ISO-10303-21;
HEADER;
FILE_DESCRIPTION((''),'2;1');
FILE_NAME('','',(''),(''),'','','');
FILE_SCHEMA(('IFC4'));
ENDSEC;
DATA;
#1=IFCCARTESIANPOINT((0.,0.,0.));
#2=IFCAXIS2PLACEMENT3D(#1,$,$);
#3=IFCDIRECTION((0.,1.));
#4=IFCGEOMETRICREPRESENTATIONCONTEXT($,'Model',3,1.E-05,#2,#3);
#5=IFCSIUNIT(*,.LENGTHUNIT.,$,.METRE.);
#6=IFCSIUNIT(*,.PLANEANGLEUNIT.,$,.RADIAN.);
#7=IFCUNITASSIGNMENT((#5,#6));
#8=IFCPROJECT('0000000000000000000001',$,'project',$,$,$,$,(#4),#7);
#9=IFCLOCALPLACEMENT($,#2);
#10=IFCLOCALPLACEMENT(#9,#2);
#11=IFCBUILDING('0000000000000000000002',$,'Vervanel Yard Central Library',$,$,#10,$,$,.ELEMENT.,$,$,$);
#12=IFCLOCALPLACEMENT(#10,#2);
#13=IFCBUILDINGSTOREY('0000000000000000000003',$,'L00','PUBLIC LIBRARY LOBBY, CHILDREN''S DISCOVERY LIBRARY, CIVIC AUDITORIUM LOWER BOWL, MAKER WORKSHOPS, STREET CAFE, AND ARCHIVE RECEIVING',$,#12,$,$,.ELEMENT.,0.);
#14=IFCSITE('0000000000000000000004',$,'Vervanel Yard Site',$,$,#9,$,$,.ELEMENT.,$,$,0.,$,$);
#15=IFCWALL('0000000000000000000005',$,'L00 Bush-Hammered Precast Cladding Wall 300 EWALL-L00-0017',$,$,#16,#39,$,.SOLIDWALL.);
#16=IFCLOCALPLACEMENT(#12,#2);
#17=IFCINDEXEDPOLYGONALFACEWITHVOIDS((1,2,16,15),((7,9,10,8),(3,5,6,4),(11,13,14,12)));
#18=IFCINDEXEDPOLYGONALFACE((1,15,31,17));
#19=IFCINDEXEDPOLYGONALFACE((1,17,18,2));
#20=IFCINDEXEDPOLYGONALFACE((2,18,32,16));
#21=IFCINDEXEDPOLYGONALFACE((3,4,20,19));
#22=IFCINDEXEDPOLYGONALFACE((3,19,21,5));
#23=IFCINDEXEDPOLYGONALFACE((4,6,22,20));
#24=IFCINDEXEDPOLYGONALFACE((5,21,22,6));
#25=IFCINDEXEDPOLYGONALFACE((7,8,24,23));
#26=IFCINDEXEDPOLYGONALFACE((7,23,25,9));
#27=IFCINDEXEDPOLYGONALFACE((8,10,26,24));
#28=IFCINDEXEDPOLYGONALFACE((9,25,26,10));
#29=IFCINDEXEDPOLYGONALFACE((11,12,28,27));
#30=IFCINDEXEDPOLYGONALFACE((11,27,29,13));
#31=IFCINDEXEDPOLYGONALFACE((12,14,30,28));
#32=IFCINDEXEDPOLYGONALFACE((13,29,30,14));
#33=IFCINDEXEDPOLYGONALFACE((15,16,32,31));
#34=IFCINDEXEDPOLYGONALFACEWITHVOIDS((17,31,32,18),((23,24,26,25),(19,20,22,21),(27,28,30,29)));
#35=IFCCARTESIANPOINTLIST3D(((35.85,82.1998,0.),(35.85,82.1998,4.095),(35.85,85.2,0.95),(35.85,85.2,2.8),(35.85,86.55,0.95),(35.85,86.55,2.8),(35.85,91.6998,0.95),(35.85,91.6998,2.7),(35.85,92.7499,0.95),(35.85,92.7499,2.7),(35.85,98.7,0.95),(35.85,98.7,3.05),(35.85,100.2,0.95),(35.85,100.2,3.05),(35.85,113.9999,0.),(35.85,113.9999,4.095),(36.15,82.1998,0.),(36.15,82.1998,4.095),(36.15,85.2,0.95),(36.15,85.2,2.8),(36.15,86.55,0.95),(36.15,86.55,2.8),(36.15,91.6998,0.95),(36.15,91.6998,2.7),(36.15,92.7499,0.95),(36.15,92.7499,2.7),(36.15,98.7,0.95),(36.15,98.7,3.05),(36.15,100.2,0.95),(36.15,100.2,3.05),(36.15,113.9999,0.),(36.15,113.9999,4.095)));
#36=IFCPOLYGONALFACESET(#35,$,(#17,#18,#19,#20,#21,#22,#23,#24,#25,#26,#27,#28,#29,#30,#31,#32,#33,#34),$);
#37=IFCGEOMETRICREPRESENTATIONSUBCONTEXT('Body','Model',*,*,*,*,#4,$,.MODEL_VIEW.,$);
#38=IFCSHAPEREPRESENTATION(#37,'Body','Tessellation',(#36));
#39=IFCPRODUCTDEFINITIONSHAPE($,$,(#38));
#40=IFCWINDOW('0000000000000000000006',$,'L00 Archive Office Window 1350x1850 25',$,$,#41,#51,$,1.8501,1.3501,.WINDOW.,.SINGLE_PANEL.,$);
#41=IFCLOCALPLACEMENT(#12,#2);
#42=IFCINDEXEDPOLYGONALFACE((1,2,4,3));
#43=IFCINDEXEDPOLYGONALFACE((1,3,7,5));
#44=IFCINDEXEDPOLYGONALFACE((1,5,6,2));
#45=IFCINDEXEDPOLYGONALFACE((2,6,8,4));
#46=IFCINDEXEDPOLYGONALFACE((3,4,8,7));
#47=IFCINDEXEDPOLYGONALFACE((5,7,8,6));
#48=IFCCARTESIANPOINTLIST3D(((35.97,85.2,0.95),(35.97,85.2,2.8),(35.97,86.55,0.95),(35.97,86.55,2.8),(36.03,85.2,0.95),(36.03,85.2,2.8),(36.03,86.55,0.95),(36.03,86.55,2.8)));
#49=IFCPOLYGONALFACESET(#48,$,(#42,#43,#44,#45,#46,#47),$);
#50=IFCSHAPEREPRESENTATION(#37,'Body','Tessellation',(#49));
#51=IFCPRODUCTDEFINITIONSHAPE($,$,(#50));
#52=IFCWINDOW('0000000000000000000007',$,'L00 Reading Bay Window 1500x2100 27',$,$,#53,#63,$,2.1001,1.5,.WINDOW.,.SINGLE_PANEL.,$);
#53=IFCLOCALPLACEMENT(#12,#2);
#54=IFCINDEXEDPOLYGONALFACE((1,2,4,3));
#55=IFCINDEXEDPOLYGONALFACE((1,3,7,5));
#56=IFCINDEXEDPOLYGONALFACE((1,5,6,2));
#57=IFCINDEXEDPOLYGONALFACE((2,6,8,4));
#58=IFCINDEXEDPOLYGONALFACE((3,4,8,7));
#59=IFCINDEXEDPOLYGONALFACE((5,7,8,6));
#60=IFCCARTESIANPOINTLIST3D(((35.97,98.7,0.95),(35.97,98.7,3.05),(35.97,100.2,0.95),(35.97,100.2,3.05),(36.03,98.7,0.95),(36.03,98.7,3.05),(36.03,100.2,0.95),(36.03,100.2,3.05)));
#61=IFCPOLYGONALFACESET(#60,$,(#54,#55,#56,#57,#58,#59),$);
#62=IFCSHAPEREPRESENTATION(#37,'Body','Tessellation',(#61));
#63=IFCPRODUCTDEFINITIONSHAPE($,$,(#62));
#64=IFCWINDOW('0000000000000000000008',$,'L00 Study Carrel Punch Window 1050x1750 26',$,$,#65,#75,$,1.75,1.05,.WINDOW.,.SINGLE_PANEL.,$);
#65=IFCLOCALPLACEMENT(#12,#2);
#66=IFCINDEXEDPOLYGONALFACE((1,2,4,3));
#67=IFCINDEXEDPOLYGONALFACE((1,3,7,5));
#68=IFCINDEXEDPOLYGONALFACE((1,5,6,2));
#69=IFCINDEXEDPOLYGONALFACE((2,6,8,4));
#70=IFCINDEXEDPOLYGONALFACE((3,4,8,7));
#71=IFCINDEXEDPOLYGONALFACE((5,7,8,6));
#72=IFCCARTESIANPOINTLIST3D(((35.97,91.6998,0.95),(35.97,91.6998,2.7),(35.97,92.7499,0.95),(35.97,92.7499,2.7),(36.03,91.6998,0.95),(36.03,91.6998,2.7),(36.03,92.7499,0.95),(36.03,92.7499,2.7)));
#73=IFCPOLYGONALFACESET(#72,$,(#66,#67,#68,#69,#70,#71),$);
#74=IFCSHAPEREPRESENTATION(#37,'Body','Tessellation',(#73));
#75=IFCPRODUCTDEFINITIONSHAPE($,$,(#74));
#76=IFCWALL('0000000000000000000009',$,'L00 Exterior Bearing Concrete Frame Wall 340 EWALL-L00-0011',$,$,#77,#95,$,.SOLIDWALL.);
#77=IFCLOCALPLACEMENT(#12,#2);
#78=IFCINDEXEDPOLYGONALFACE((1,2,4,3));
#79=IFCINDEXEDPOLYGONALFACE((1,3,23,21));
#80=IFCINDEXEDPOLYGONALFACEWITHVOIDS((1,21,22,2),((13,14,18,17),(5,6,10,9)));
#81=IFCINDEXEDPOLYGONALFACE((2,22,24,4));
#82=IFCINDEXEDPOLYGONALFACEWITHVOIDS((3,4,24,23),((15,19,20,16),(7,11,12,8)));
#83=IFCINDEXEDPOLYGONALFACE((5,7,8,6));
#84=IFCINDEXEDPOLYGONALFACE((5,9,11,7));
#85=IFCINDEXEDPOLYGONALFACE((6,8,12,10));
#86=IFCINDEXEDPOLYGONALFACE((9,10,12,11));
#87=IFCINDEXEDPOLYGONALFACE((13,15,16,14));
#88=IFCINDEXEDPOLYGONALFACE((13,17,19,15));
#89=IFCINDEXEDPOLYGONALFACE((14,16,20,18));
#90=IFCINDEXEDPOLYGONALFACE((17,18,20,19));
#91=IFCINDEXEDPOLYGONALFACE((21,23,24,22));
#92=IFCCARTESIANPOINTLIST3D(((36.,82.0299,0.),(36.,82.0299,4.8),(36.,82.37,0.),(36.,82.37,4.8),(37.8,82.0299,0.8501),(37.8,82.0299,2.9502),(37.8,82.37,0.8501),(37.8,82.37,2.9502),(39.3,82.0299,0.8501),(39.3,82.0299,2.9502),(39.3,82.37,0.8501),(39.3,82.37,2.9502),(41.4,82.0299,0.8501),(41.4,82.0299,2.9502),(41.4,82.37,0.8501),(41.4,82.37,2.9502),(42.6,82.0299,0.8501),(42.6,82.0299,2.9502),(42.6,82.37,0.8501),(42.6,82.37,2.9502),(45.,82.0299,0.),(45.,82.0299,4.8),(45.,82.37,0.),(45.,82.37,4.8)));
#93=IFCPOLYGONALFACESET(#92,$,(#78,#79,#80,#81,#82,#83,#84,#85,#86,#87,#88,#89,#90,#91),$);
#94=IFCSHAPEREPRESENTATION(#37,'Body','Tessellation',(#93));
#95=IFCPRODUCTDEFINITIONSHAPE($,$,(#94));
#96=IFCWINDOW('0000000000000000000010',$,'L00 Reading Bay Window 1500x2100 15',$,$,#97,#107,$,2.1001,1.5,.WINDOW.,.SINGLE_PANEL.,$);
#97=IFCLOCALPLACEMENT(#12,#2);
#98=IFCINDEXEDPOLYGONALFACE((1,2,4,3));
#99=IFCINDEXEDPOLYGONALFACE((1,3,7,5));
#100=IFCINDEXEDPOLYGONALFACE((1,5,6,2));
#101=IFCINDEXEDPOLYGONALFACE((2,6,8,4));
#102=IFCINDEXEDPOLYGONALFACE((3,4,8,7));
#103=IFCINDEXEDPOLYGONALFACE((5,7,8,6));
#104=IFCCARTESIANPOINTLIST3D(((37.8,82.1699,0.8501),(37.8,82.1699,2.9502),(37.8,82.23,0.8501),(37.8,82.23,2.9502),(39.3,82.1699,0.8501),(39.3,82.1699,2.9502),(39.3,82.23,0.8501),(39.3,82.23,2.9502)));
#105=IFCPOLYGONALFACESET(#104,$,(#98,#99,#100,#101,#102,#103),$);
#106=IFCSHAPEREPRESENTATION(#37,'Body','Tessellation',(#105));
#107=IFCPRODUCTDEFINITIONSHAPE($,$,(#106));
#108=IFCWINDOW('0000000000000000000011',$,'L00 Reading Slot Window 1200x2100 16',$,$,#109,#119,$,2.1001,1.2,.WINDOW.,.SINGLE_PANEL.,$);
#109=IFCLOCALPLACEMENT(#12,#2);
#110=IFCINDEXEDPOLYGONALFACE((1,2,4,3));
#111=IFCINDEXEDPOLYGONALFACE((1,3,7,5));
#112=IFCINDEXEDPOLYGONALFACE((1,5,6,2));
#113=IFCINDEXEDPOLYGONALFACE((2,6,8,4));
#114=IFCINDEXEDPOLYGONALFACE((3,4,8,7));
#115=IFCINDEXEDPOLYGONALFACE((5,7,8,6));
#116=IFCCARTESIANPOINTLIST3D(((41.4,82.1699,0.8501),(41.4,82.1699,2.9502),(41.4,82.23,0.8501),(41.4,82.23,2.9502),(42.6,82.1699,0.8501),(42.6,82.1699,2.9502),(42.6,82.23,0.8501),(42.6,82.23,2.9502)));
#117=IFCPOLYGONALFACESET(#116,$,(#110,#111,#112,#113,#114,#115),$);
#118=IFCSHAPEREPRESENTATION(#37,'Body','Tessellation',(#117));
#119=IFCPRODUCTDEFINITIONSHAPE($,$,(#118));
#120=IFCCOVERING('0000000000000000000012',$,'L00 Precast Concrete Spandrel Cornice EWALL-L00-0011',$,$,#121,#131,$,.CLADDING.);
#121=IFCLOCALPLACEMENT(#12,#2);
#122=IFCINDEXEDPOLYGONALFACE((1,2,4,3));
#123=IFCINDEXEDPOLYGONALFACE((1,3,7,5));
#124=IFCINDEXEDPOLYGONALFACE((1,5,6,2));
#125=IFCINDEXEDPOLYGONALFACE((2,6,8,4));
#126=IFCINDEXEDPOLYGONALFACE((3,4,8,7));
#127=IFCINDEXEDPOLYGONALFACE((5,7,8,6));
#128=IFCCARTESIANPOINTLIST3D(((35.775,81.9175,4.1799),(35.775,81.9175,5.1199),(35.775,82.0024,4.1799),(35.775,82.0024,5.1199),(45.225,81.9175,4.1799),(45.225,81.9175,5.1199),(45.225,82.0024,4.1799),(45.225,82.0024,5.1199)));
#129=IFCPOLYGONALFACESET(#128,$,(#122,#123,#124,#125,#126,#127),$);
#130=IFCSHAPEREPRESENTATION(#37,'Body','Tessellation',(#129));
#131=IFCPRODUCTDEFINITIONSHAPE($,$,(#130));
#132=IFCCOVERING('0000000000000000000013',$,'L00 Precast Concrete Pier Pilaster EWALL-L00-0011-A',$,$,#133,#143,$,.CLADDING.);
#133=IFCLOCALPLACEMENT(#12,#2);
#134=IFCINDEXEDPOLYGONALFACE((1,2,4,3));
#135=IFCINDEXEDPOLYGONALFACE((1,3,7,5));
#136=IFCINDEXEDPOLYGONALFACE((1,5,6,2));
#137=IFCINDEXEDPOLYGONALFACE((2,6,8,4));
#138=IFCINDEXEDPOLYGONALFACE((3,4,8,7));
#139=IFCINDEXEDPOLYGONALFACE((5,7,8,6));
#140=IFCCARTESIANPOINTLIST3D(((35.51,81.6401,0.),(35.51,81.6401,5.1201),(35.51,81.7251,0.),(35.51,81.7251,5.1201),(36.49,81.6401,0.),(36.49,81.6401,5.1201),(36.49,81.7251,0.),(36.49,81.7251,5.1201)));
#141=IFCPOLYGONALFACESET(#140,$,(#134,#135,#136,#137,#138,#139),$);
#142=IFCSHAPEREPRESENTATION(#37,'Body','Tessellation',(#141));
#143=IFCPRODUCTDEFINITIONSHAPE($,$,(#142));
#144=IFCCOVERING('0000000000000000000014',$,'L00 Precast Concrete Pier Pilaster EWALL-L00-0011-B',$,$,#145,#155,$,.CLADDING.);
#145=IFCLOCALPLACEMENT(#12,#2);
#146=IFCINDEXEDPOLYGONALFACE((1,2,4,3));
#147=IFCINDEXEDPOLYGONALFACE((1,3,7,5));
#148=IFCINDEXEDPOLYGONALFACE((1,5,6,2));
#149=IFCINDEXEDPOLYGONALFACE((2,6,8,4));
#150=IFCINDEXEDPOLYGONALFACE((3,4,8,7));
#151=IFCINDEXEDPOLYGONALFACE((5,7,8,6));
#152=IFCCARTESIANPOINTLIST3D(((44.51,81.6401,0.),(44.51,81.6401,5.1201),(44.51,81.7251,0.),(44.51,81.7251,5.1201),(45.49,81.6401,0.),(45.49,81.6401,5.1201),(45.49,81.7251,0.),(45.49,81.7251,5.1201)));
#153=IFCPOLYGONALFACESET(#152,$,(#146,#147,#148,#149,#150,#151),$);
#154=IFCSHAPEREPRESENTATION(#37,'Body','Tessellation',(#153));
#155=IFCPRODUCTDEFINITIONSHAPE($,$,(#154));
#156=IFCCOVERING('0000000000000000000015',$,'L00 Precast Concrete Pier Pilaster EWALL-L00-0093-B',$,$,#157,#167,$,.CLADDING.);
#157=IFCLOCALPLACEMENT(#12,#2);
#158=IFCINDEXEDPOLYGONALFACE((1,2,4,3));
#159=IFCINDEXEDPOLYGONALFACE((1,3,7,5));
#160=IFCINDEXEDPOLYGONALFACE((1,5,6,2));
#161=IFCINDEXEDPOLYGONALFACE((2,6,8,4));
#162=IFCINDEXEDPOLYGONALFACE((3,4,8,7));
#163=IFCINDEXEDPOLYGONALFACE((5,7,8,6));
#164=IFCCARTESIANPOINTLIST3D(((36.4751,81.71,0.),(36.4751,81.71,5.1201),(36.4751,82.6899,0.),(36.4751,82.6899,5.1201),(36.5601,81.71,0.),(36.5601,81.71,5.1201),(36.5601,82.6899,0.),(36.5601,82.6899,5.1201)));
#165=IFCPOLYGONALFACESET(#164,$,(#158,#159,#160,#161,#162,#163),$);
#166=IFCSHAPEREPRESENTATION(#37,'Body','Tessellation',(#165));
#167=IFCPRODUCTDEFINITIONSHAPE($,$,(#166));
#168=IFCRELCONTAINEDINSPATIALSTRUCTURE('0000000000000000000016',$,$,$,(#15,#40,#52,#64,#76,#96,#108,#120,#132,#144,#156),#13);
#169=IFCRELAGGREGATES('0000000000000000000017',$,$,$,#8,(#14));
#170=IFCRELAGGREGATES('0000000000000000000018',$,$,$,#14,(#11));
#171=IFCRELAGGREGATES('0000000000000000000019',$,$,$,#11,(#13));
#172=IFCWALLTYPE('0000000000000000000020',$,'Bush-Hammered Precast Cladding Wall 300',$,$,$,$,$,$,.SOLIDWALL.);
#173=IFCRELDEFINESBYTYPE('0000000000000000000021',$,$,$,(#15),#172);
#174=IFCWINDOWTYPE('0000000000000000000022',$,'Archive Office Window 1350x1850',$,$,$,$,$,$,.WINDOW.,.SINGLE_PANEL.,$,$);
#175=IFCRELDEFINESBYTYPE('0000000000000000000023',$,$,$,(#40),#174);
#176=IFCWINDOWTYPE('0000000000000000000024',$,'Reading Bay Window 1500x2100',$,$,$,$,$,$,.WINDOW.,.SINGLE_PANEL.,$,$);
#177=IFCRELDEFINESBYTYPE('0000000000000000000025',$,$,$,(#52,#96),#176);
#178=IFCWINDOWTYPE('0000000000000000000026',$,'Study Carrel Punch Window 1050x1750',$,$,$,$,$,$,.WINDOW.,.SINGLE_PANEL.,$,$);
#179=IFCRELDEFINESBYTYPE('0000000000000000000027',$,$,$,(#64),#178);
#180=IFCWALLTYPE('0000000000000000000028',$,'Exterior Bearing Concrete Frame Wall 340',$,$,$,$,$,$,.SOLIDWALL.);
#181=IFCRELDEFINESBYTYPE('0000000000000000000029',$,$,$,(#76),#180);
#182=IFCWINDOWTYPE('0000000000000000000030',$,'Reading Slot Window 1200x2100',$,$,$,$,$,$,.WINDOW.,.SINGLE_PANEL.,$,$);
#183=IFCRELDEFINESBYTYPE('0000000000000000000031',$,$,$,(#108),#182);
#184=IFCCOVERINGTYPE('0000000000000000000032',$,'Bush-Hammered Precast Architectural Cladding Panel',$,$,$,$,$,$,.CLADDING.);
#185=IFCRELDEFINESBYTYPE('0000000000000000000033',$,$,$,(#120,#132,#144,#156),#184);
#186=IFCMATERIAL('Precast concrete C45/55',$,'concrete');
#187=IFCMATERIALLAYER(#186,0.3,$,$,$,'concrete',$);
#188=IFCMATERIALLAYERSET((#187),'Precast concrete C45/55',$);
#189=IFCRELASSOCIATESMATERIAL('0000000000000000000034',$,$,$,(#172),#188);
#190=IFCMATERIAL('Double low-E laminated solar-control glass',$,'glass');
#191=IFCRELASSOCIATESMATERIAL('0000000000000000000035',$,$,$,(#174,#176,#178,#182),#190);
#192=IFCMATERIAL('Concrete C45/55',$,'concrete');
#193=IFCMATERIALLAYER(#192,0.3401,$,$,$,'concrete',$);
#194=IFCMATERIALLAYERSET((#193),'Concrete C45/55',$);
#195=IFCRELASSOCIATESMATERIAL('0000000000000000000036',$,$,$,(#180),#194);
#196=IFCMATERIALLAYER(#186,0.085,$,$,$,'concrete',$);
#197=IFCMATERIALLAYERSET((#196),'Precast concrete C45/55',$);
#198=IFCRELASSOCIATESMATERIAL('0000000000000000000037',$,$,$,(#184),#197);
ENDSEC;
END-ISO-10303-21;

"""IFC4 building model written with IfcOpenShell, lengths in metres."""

from ifc_helpers import new_model, si_unit, direction, frame, frame_2d, origin, origin_2d, place, context, subcontext, project, spatial, rectangle, extrude, material, layer, layer_set, type_object, element, fill, save


model = new_model("IFC4")

# Units and contexts
model_context = context("Model", 3, precision=1e-05, world=origin(), true_north=direction((0.0, 1.0)))
body_context = subcontext(model_context, "Body", "Model", "MODEL_VIEW")
ifc_project = project(units=[si_unit("LENGTHUNIT", "METRE"), si_unit("PLANEANGLEUNIT", "RADIAN")], contexts=[model_context])

# Site, building, storey
site_placement = place(None, origin())
site = spatial("IfcSite", under=ifc_project, at=site_placement, Name="Vervanel Yard Site", CompositionType="ELEMENT", RefElevation=0.0)
building_placement = place(site_placement, origin())
building = spatial("IfcBuilding", under=site, at=building_placement, Name="Vervanel Yard Central Library", CompositionType="ELEMENT")
storey_placement = place(building_placement, origin())
storey = spatial("IfcBuildingStorey", under=building, at=storey_placement, Name="L00", Description="PUBLIC LIBRARY LOBBY, CHILDREN'S DISCOVERY LIBRARY, CIVIC AUDITORIUM LOWER BOWL, MAKER WORKSHOPS, STREET CAFE, AND ARCHIVE RECEIVING", CompositionType="ELEMENT", Elevation=0.0)

# Shared definitions
ifc_material_1 = material(Name="Concrete C45/55", Category="concrete")

# Walls, openings, windows
ifc_material_2 = material(Name="Precast concrete C45/55", Category="concrete")
ifc_layer_1 = layer(ifc_material_2, 0.3, Category="concrete")
ifc_layer_set_1 = layer_set([ifc_layer_1], Name="Precast concrete C45/55")
wall_type_1 = type_object("IfcWallType", Name="Bush-Hammered Precast Cladding Wall 300", PredefinedType="SOLIDWALL", material=ifc_layer_set_1)
wall_1_placement = place(storey_placement, frame((36.0, 82.2, 0.0), z_axis=(0.0, 0.0, 1.0), x_axis=(0.0, 1.0, 0.0)))
wall_1 = element("IfcWall", 1, at=wall_1_placement, inside=storey, type_object=wall_type_1, Name="L00 Bush-Hammered Precast Cladding Wall 300 EWALL-L00-0017", PredefinedType="SOLIDWALL", context=body_context, shape_type="SweptSolid", body=[
    extrude(rectangle(XDim=31.8, YDim=0.3, at=frame_2d((15.8999, 0.0))), origin(), (0.0, 0.0, 1.0), 4.095),
])
opening_1_placement = place(wall_1_placement, frame((3.0, 0.0, 0.95)))
opening_1 = element("IfcOpeningElement", 2, at=opening_1_placement, cuts=wall_1, PredefinedType="OPENING", context=body_context, shape_type="SweptSolid", body=[
    extrude(rectangle(XDim=1.3501, YDim=1.8501, at=frame_2d((0.675, 0.925))), frame((0.0, 0.1599, 0.0), z_axis=(0.0, -1.0, 0.0), x_axis=(1.0, 0.0, 0.0)), (0.0, 0.0, 1.0), 0.3201),
])
opening_2_placement = place(wall_1_placement, frame((9.5, 0.0, 0.95)))
opening_2 = element("IfcOpeningElement", 3, at=opening_2_placement, cuts=wall_1, PredefinedType="OPENING", context=body_context, shape_type="SweptSolid", body=[
    extrude(rectangle(XDim=1.05, YDim=1.75, at=frame_2d((0.5249, 0.875))), frame((0.0, 0.1599, 0.0), z_axis=(0.0, -1.0, 0.0), x_axis=(1.0, 0.0, 0.0)), (0.0, 0.0, 1.0), 0.3201),
])
opening_3_placement = place(wall_1_placement, frame((16.5, 0.0, 0.95)))
opening_3 = element("IfcOpeningElement", 4, at=opening_3_placement, cuts=wall_1, PredefinedType="OPENING", context=body_context, shape_type="SweptSolid", body=[
    extrude(rectangle(XDim=1.5, YDim=2.1001, at=frame_2d((0.75, 1.05))), frame((0.0, 0.1599, 0.0), z_axis=(0.0, -1.0, 0.0), x_axis=(1.0, 0.0, 0.0)), (0.0, 0.0, 1.0), 0.3201),
])
ifc_material_3 = material(Name="Double low-E laminated solar-control glass", Category="glass")
window_type_1 = type_object("IfcWindowType", Name="Archive Office Window 1350x1850", PartitioningType="SINGLE_PANEL", PredefinedType="WINDOW", material=ifc_material_3)
window_1_placement = place(opening_1_placement, origin())
window_1 = element("IfcWindow", 5, at=window_1_placement, inside=storey, type_object=window_type_1, Name="L00 Archive Office Window 1350x1850 25", OverallHeight=1.8501, OverallWidth=1.3501, PartitioningType="SINGLE_PANEL", PredefinedType="WINDOW", context=body_context, shape_type="SweptSolid", body=[
    extrude(rectangle(XDim=1.3501, YDim=1.8501, at=frame_2d((0.675, 0.925))), frame((0.0, 0.03, 0.0), z_axis=(0.0, -1.0, 0.0), x_axis=(1.0, 0.0, 0.0)), (0.0, 0.0, 1.0), 0.0601),
])
fill(opening_1, window_1)
window_type_2 = type_object("IfcWindowType", Name="Reading Bay Window 1500x2100", PartitioningType="SINGLE_PANEL", PredefinedType="WINDOW", material=ifc_material_3)
window_2_placement = place(opening_3_placement, origin())
window_2 = element("IfcWindow", 6, at=window_2_placement, inside=storey, type_object=window_type_2, Name="L00 Reading Bay Window 1500x2100 27", OverallHeight=2.1001, OverallWidth=1.5, PartitioningType="SINGLE_PANEL", PredefinedType="WINDOW", context=body_context, shape_type="SweptSolid", body=[
    extrude(rectangle(XDim=1.5, YDim=2.1001, at=frame_2d((0.75, 1.05))), frame((0.0, 0.03, 0.0), z_axis=(0.0, -1.0, 0.0), x_axis=(1.0, 0.0, 0.0)), (0.0, 0.0, 1.0), 0.0601),
])
fill(opening_3, window_2)
window_type_3 = type_object("IfcWindowType", Name="Study Carrel Punch Window 1050x1750", PartitioningType="SINGLE_PANEL", PredefinedType="WINDOW", material=ifc_material_3)
window_3_placement = place(opening_2_placement, origin())
window_3 = element("IfcWindow", 7, at=window_3_placement, inside=storey, type_object=window_type_3, Name="L00 Study Carrel Punch Window 1050x1750 26", OverallHeight=1.75, OverallWidth=1.05, PartitioningType="SINGLE_PANEL", PredefinedType="WINDOW", context=body_context, shape_type="SweptSolid", body=[
    extrude(rectangle(XDim=1.05, YDim=1.75, at=frame_2d((0.5249, 0.875))), frame((0.0, 0.03, 0.0), z_axis=(0.0, -1.0, 0.0), x_axis=(1.0, 0.0, 0.0)), (0.0, 0.0, 1.0), 0.0601),
])
fill(opening_2, window_3)
ifc_layer_2 = layer(ifc_material_1, 0.3401, Category="concrete")
ifc_layer_set_2 = layer_set([ifc_layer_2], Name="Concrete C45/55")
wall_type_2 = type_object("IfcWallType", Name="Exterior Bearing Concrete Frame Wall 340", PredefinedType="SOLIDWALL", material=ifc_layer_set_2)
wall_2_placement = place(storey_placement, frame((36.0, 82.2, 0.0), z_axis=(0.0, 0.0, 1.0), x_axis=(1.0, 0.0, 0.0)))
wall_2 = element("IfcWall", 8, at=wall_2_placement, inside=storey, type_object=wall_type_2, Name="L00 Exterior Bearing Concrete Frame Wall 340 EWALL-L00-0011", PredefinedType="SOLIDWALL", context=body_context, shape_type="SweptSolid", body=[
    extrude(rectangle(XDim=9.0, YDim=0.3401, at=frame_2d((4.5, 0.0))), origin(), (0.0, 0.0, 1.0), 4.8),
])
opening_4_placement = place(wall_2_placement, frame((1.8, 0.0, 0.8501)))
opening_4 = element("IfcOpeningElement", 9, at=opening_4_placement, cuts=wall_2, PredefinedType="OPENING", context=body_context, shape_type="SweptSolid", body=[
    extrude(rectangle(XDim=1.5, YDim=2.1001, at=frame_2d((0.75, 1.05))), frame((0.0, 0.1799, 0.0), z_axis=(0.0, -1.0, 0.0), x_axis=(1.0, 0.0, 0.0)), (0.0, 0.0, 1.0), 0.3601),
])
opening_5_placement = place(wall_2_placement, frame((5.3999, 0.0, 0.8501)))
opening_5 = element("IfcOpeningElement", 10, at=opening_5_placement, cuts=wall_2, PredefinedType="OPENING", context=body_context, shape_type="SweptSolid", body=[
    extrude(rectangle(XDim=1.2, YDim=2.1001, at=frame_2d((0.6001, 1.05))), frame((0.0, 0.1799, 0.0), z_axis=(0.0, -1.0, 0.0), x_axis=(1.0, 0.0, 0.0)), (0.0, 0.0, 1.0), 0.3601),
])
window_4_placement = place(opening_4_placement, origin())
window_4 = element("IfcWindow", 11, at=window_4_placement, inside=storey, type_object=window_type_2, Name="L00 Reading Bay Window 1500x2100 15", OverallHeight=2.1001, OverallWidth=1.5, PartitioningType="SINGLE_PANEL", PredefinedType="WINDOW", context=body_context, shape_type="SweptSolid", body=[
    extrude(rectangle(XDim=1.5, YDim=2.1001, at=frame_2d((0.75, 1.05))), frame((0.0, 0.03, 0.0), z_axis=(0.0, -1.0, 0.0), x_axis=(1.0, 0.0, 0.0)), (0.0, 0.0, 1.0), 0.0601),
])
fill(opening_4, window_4)
window_type_4 = type_object("IfcWindowType", Name="Reading Slot Window 1200x2100", PartitioningType="SINGLE_PANEL", PredefinedType="WINDOW", material=ifc_material_3)
window_5_placement = place(opening_5_placement, origin())
window_5 = element("IfcWindow", 12, at=window_5_placement, inside=storey, type_object=window_type_4, Name="L00 Reading Slot Window 1200x2100 16", OverallHeight=2.1001, OverallWidth=1.2, PartitioningType="SINGLE_PANEL", PredefinedType="WINDOW", context=body_context, shape_type="SweptSolid", body=[
    extrude(rectangle(XDim=1.2, YDim=2.1001, at=frame_2d((0.6001, 1.05))), frame((0.0, 0.03, 0.0), z_axis=(0.0, -1.0, 0.0), x_axis=(1.0, 0.0, 0.0)), (0.0, 0.0, 1.0), 0.0601),
])
fill(opening_5, window_5)

# Coverings
ifc_layer_3 = layer(ifc_material_2, 0.085, Category="concrete")
ifc_layer_set_3 = layer_set([ifc_layer_3], Name="Precast concrete C45/55")
covering_type = type_object("IfcCoveringType", Name="Bush-Hammered Precast Architectural Cladding Panel", PredefinedType="CLADDING", material=ifc_layer_set_3)
covering_placement = place(storey_placement, frame((40.5, 81.96, 4.1799), z_axis=(0.0, 0.0, 1.0), x_axis=(1.0, 0.0, 0.0)))
element("IfcCovering", 13, at=covering_placement, inside=storey, type_object=covering_type, Name="L00 Precast Concrete Spandrel Cornice EWALL-L00-0011", PredefinedType="CLADDING", context=body_context, shape_type="SweptSolid", body=[
    extrude(rectangle(XDim=9.45, YDim=0.085, at=origin_2d()), origin(), (0.0, 0.0, 1.0), 0.9399),
])
for number, where, z_axis, x_axis, name in (
    (14, (36.0, 81.6826, 0.0), (0.0, 0.0, 1.0), (1.0, 0.0, 0.0), "L00 Precast Concrete Pier Pilaster EWALL-L00-0011-A"),
    (15, (45.0, 81.6826, 0.0), (0.0, 0.0, 1.0), (1.0, 0.0, 0.0), "L00 Precast Concrete Pier Pilaster EWALL-L00-0011-B"),
    (16, (36.5176, 82.2, 0.0), (0.0, 0.0, 1.0), (0.0, 1.0, 0.0), "L00 Precast Concrete Pier Pilaster EWALL-L00-0093-B"),
):
    element("IfcCovering", number, at=place(storey_placement, frame(where, z_axis=z_axis, x_axis=x_axis)), inside=storey, type_object=covering_type, Name=name, PredefinedType="CLADDING", context=body_context, shape_type="SweptSolid", body=[
        extrude(rectangle(XDim=0.98, YDim=0.085, at=origin_2d()), origin(), (0.0, 0.0, 1.0), 5.1201),
    ])

save(model, "model.ifc")
